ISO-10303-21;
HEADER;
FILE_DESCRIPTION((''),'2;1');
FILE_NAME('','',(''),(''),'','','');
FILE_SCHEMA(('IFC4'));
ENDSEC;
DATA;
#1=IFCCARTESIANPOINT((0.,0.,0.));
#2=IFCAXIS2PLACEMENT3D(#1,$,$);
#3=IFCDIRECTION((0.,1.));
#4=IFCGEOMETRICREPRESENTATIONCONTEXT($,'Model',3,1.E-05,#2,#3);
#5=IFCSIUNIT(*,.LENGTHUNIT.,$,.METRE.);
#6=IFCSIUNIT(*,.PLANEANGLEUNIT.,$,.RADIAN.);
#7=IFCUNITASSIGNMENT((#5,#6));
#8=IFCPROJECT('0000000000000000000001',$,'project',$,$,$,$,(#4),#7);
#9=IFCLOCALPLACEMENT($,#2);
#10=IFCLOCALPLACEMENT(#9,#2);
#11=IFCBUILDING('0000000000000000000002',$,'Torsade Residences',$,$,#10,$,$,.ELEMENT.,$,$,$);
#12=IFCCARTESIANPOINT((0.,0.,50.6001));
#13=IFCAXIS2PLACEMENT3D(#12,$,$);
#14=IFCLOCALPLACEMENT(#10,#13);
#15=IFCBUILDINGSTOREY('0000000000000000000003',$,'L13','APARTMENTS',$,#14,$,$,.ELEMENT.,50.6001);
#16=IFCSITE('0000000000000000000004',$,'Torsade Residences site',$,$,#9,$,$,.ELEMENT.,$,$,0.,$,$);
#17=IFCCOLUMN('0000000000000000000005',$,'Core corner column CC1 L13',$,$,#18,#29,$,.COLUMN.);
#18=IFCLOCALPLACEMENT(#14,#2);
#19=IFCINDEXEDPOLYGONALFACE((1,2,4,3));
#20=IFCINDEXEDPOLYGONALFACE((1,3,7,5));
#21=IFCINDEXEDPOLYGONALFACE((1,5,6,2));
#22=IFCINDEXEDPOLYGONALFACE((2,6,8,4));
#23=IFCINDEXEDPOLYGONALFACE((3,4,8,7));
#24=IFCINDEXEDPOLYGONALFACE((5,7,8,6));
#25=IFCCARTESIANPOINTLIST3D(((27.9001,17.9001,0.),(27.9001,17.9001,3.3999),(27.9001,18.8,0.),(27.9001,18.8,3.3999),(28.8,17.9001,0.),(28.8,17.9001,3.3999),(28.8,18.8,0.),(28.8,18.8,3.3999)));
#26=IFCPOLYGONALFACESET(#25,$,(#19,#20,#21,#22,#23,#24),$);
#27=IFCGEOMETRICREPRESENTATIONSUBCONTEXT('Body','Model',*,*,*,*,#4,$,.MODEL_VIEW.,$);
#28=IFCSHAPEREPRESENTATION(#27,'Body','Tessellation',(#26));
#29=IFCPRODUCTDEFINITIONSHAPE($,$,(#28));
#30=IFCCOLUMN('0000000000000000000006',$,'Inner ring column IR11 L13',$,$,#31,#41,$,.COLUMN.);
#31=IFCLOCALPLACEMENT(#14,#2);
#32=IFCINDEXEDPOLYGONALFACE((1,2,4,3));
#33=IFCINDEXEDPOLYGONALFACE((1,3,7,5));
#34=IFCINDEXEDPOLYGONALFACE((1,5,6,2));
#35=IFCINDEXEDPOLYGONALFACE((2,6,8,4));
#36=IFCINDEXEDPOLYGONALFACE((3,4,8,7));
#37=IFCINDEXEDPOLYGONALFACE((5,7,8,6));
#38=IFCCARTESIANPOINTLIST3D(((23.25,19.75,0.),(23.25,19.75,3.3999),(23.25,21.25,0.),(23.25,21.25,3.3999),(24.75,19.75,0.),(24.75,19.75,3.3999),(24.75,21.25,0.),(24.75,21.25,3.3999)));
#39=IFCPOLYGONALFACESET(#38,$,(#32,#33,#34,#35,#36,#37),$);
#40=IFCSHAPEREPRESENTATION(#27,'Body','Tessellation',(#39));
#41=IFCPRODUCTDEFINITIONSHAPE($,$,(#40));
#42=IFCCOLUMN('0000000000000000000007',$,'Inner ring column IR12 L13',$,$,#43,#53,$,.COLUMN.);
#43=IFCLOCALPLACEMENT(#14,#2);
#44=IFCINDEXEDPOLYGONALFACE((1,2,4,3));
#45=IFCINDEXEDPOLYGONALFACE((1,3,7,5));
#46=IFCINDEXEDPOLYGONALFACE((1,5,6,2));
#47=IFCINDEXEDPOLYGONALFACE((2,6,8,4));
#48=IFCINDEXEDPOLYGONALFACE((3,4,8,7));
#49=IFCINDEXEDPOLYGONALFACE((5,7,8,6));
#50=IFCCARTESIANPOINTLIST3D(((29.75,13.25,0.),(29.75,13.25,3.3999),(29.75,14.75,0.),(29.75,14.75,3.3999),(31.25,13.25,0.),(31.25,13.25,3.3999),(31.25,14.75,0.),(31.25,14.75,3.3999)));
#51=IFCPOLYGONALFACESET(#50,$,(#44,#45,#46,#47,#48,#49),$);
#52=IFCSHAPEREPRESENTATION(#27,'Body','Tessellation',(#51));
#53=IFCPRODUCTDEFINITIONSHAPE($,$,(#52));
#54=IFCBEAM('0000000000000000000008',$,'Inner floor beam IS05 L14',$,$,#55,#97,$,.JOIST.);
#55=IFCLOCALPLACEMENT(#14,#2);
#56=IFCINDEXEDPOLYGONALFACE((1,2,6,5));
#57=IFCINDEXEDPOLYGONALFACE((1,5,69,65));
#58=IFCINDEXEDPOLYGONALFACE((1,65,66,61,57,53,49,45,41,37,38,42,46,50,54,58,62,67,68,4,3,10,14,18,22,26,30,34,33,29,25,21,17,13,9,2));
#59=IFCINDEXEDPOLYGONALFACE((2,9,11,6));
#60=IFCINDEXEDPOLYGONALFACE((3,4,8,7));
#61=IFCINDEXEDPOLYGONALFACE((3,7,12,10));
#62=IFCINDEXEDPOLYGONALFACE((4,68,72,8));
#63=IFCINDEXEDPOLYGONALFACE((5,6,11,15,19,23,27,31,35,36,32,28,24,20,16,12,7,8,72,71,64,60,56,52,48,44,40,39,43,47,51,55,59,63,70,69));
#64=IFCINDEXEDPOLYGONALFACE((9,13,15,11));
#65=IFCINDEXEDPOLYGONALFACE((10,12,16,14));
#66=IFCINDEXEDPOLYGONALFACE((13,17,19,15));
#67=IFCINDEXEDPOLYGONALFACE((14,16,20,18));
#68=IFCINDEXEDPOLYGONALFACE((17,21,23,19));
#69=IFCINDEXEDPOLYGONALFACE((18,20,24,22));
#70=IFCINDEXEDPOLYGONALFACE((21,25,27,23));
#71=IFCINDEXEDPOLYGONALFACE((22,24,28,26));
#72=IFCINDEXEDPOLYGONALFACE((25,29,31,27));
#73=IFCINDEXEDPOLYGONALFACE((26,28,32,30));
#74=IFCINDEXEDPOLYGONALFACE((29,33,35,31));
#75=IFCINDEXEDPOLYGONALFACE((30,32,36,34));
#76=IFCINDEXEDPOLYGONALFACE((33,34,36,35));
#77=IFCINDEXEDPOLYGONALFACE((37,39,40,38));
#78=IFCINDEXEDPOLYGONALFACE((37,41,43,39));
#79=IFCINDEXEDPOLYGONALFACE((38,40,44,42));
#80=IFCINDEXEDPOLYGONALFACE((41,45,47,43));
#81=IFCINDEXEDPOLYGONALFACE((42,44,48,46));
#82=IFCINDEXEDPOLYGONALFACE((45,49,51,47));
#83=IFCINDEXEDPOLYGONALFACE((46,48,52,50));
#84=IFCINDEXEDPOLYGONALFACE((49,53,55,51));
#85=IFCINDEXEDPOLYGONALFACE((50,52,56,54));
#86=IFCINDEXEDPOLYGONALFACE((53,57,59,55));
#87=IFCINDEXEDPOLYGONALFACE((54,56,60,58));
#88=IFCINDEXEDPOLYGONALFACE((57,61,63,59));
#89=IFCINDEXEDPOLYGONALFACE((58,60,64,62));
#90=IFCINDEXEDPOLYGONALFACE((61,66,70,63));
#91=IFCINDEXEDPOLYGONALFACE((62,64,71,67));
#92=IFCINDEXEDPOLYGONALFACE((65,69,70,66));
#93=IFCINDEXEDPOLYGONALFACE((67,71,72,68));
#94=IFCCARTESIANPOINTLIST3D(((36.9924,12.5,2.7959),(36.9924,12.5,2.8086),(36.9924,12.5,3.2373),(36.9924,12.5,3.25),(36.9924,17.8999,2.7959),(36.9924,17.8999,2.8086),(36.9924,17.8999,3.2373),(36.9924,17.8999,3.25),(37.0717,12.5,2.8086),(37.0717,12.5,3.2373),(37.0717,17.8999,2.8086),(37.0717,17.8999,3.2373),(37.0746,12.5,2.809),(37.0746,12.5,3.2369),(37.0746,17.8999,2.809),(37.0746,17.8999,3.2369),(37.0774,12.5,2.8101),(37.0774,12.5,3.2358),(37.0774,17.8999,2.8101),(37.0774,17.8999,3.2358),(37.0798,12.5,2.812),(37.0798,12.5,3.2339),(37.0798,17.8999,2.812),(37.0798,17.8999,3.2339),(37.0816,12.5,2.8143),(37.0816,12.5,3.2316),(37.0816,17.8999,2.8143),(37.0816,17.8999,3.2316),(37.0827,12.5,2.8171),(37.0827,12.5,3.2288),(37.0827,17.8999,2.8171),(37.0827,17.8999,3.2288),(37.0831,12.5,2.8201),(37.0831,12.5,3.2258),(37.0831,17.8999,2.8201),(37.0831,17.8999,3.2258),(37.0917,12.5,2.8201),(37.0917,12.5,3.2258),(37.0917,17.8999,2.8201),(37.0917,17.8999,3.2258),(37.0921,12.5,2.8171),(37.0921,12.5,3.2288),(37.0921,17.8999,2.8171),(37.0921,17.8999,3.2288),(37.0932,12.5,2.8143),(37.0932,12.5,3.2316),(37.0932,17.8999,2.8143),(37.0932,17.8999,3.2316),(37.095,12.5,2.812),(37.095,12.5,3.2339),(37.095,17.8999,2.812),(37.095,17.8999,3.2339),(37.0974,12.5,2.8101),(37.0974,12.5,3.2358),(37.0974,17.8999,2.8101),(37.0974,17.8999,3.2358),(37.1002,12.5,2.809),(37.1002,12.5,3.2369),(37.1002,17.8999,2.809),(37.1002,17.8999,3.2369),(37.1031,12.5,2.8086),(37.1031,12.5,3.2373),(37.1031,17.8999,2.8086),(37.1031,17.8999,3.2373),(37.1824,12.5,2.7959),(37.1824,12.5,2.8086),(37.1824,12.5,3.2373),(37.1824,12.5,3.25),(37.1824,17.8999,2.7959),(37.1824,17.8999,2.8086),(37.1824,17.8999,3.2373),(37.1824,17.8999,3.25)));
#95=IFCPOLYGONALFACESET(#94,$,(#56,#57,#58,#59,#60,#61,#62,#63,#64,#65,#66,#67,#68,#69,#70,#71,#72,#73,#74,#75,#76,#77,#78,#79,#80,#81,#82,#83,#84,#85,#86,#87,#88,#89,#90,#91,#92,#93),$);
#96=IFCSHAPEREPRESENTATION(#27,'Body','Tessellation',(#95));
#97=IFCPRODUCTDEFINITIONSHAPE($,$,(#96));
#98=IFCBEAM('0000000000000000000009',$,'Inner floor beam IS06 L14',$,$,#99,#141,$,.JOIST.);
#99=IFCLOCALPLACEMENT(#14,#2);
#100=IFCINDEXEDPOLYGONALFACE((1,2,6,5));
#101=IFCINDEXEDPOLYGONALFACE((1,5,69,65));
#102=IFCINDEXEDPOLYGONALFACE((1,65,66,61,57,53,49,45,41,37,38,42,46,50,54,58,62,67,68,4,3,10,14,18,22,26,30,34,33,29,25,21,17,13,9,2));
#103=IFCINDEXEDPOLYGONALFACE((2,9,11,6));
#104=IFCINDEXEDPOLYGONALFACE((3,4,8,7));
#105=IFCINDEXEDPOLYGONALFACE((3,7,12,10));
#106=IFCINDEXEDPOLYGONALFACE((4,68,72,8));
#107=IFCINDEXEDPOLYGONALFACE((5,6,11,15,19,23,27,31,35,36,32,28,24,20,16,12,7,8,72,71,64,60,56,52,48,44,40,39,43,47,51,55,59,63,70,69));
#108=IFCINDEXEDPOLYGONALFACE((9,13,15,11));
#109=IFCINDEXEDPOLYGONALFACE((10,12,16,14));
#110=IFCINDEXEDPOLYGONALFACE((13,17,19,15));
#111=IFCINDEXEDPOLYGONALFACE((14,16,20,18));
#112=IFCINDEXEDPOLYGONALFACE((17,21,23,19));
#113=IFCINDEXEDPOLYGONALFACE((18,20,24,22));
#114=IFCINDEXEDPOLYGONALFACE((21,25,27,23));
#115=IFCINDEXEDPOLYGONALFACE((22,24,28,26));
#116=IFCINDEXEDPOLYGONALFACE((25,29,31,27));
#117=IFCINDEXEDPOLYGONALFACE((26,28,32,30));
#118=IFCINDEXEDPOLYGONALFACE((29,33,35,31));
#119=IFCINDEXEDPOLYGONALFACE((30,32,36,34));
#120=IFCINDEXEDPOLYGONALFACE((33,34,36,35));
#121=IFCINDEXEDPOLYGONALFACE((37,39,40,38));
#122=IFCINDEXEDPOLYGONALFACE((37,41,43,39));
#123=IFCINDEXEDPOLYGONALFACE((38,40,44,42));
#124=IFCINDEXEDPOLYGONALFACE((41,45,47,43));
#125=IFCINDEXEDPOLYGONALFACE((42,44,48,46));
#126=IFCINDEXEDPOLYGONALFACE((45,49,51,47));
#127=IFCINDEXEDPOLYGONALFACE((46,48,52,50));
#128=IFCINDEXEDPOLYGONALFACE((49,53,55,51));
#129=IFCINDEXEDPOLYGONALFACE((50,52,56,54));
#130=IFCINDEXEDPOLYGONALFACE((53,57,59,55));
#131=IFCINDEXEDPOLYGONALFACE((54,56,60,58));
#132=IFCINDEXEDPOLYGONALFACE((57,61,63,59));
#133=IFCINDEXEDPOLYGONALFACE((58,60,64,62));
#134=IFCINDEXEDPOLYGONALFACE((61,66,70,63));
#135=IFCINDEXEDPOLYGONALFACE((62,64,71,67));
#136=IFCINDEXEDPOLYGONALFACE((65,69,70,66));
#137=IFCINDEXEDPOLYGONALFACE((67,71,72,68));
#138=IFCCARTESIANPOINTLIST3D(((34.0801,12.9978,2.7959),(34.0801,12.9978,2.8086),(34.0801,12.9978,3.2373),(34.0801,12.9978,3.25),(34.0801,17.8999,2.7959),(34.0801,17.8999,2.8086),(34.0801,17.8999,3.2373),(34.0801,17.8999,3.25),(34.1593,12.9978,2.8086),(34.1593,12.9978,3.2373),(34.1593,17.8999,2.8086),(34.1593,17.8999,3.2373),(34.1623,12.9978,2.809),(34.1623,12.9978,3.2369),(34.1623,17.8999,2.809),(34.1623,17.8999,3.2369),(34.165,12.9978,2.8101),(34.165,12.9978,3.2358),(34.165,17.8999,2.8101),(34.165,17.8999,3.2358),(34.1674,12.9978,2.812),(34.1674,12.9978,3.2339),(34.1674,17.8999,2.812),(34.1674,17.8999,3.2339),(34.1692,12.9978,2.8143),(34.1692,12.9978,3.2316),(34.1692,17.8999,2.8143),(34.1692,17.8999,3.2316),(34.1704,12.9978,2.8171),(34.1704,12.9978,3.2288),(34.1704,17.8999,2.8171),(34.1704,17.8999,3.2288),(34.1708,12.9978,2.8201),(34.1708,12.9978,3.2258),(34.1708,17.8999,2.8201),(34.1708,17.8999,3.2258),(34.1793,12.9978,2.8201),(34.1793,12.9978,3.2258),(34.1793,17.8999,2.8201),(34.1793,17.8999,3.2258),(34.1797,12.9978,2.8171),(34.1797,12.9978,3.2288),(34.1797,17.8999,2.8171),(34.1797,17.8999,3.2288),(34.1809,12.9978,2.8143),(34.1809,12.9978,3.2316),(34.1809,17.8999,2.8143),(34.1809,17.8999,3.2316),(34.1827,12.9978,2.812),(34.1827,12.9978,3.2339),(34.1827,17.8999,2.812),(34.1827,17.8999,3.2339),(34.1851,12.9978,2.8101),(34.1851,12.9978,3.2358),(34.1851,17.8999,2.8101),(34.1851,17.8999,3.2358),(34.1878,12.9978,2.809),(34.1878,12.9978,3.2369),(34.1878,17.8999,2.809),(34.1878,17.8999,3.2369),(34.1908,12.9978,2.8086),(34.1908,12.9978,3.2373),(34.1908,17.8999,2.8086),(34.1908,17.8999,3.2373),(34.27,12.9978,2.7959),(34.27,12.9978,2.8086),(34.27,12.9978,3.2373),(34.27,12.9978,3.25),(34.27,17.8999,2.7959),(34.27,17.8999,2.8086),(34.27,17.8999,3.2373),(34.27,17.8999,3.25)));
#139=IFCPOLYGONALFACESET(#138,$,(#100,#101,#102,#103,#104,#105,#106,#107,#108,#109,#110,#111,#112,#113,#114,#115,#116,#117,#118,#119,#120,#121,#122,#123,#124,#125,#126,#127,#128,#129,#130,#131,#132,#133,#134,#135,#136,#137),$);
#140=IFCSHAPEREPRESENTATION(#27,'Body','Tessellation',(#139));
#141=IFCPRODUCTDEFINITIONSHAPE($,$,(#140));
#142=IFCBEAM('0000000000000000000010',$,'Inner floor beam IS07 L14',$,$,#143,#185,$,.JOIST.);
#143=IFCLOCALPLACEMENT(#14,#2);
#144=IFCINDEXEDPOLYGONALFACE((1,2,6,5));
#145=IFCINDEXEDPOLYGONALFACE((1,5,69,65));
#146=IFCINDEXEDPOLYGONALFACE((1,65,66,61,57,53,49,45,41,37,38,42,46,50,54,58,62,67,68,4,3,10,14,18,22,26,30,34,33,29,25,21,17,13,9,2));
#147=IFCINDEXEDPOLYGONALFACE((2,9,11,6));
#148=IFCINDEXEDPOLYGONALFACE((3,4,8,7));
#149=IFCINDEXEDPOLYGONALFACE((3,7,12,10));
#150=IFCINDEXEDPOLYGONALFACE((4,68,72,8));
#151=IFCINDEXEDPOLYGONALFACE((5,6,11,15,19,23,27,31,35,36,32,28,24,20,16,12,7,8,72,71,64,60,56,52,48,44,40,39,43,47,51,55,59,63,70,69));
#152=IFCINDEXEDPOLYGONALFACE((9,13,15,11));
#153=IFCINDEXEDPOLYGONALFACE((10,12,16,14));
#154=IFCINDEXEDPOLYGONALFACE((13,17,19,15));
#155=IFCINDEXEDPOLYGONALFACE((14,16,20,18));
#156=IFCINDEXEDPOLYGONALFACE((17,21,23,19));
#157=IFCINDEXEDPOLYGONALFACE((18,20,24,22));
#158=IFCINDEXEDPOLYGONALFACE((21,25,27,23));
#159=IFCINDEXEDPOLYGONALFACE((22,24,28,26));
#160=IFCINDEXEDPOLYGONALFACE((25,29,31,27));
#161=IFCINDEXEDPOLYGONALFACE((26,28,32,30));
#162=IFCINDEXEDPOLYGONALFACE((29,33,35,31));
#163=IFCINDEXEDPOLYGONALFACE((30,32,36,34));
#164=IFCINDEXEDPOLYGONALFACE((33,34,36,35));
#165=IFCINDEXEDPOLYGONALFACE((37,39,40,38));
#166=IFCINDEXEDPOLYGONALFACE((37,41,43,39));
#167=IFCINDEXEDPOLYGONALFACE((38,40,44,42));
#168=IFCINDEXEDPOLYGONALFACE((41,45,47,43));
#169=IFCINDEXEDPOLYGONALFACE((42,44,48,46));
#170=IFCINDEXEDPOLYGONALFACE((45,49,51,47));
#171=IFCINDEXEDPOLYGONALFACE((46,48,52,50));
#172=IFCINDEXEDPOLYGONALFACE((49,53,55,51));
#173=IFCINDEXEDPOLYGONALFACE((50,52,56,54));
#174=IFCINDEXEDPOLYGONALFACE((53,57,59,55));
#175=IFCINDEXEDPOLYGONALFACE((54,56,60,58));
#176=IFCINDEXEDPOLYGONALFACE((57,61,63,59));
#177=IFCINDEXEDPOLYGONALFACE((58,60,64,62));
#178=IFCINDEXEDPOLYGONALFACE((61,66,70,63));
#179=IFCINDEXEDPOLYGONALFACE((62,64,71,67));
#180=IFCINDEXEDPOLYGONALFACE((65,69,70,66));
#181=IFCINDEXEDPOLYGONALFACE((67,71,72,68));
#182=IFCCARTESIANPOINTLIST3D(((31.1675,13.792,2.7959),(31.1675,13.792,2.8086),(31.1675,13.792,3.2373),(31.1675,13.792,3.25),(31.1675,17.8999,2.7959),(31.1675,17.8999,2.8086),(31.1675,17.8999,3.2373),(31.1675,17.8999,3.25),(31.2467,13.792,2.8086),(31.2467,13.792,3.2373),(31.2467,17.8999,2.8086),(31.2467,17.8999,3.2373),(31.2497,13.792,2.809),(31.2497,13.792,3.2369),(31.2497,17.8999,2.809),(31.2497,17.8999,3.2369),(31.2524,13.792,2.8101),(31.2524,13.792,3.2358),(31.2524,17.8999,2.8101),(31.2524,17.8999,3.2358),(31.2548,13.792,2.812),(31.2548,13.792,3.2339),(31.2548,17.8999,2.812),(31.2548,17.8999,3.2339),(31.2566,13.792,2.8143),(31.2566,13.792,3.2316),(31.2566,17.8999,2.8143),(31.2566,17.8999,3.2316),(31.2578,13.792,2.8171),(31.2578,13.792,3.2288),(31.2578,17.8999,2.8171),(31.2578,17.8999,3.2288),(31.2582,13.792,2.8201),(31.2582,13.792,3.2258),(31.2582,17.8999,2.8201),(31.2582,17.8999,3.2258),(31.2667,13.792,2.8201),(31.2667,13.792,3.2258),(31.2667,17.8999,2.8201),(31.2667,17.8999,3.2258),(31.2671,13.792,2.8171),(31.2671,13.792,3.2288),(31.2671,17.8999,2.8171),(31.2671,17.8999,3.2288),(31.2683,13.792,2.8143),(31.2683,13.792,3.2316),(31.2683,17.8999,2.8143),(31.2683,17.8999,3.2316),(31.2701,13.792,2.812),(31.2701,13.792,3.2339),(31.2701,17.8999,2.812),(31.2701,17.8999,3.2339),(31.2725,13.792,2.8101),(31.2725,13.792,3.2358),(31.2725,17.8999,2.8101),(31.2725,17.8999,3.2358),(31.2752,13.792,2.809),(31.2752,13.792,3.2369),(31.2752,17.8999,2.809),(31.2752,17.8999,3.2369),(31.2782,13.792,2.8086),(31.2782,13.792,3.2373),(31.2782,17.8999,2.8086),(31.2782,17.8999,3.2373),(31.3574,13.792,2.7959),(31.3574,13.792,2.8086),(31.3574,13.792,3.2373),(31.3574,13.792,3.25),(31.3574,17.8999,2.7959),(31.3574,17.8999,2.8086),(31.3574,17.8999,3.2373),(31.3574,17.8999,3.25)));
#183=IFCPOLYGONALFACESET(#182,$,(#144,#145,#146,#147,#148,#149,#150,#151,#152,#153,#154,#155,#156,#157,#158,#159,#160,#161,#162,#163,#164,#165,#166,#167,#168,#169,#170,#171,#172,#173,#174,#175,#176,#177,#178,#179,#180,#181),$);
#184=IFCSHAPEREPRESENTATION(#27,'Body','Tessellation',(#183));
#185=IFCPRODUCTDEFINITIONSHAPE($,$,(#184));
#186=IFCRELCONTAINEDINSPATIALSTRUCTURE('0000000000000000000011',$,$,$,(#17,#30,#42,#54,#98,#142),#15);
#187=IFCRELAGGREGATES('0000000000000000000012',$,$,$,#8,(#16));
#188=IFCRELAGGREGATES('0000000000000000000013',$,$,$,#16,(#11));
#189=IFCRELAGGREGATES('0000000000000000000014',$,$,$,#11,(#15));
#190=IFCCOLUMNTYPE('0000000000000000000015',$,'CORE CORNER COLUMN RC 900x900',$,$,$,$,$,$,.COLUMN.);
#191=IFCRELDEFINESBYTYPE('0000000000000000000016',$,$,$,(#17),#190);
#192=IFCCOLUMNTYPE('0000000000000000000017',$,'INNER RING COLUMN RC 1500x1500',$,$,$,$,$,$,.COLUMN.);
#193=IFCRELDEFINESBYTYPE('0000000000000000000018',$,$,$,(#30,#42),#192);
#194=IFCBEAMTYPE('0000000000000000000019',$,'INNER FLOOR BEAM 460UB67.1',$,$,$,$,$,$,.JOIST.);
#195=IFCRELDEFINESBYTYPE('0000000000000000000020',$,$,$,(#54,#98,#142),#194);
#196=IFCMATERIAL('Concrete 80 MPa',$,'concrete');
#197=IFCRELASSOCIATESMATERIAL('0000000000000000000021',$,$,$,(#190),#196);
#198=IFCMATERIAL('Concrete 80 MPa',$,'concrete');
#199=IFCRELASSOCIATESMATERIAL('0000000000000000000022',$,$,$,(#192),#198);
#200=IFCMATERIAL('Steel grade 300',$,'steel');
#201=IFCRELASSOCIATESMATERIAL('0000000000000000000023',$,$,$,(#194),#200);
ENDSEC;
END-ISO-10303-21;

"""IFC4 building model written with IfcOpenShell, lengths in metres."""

from ifc_helpers import new_model, si_unit, direction, frame, origin, origin_2d, place, context, subcontext, project, spatial, rectangle, i_section, extrude, material, material_profile, profile_set, type_object, element, save


model = new_model("IFC4")

# Units and contexts
model_context = context("Model", 3, precision=1e-05, world=origin(), true_north=direction((0.0, 1.0)))
body_context = subcontext(model_context, "Body", "Model", "MODEL_VIEW")
ifc_project = project(units=[si_unit("LENGTHUNIT", "METRE"), si_unit("PLANEANGLEUNIT", "RADIAN")], contexts=[model_context])

# Site, building, storey
site_placement = place(None, origin())
site = spatial("IfcSite", under=ifc_project, at=site_placement, Name="Torsade Residences site", CompositionType="ELEMENT", RefElevation=0.0)
building_placement = place(site_placement, origin())
building = spatial("IfcBuilding", under=site, at=building_placement, Name="Torsade Residences", CompositionType="ELEMENT")
storey_placement = place(building_placement, frame((0.0, 0.0, 50.6001)))
storey = spatial("IfcBuildingStorey", under=building, at=storey_placement, Name="L13", Description="APARTMENTS", CompositionType="ELEMENT", Elevation=50.6001)

# Columns
ifc_material_1 = material(Name="Concrete 80 MPa", Category="concrete")
ifc_material_profile_1 = material_profile(ifc_material_1, rectangle(XDim=0.8999, YDim=0.8999, at=origin_2d()), Name="RC 900x900")
ifc_profile_set_1 = profile_set([ifc_material_profile_1], Name="Concrete 80 MPa")
column_type_1 = type_object("IfcColumnType", Name="CORE CORNER COLUMN RC 900x900", PredefinedType="COLUMN", material=ifc_profile_set_1)
column_placement = place(storey_placement, frame((28.3501, 18.3501, 0.0), z_axis=(0.0, 0.0, 1.0), x_axis=(1.0, 0.0, 0.0)))
element("IfcColumn", 1, at=column_placement, inside=storey, type_object=column_type_1, Name="Core corner column CC1 L13", PredefinedType="COLUMN", context=body_context, shape_type="SweptSolid", body=[
    extrude(rectangle(XDim=0.8999, YDim=0.8999, at=origin_2d()), origin(), (0.0, 0.0, 1.0), 3.3999),
])
ifc_material_2 = material(Name="Concrete 80 MPa", Category="concrete")
ifc_material_profile_2 = material_profile(ifc_material_2, rectangle(XDim=1.5, YDim=1.5, at=origin_2d()), Name="RC 1500x1500")
ifc_profile_set_2 = profile_set([ifc_material_profile_2], Name="Concrete 80 MPa")
column_type_2 = type_object("IfcColumnType", Name="INNER RING COLUMN RC 1500x1500", PredefinedType="COLUMN", material=ifc_profile_set_2)
for number, where, z_axis, x_axis, name in (
    (2, (24.0, 20.5, 0.0), (0.0, 0.0, 1.0), (1.0, 0.0, 0.0), "Inner ring column IR11 L13"),
    (3, (30.5, 14.0, 0.0), (0.0, 0.0, 1.0), (1.0, 0.0, 0.0), "Inner ring column IR12 L13"),
):
    element("IfcColumn", number, at=place(storey_placement, frame(where, z_axis=z_axis, x_axis=x_axis)), inside=storey, type_object=column_type_2, Name=name, PredefinedType="COLUMN", context=body_context, shape_type="SweptSolid", body=[
        extrude(rectangle(XDim=1.5, YDim=1.5, at=origin_2d()), origin(), (0.0, 0.0, 1.0), 3.3999),
    ])

# Beams
ifc_material_3 = material(Name="Steel grade 300", Category="steel")
ifc_material_profile_3 = material_profile(ifc_material_3, i_section(OverallWidth=0.1899, OverallDepth=0.4541, WebThickness=0.0085, FlangeThickness=0.0127, FilletRadius=0.0115, at=origin_2d()), Name="460UB67.1")
ifc_profile_set_3 = profile_set([ifc_material_profile_3], Name="Steel grade 300")
beam_type_1 = type_object("IfcBeamType", Name="INNER FLOOR BEAM 460UB67.1", PredefinedType="JOIST", material=ifc_profile_set_3)
beam_1_placement = place(storey_placement, frame((37.0874, 17.8999, 3.0229), z_axis=(0.0, -1.0, 0.0), x_axis=(1.0, 0.0, 0.0)))
element("IfcBeam", 4, at=beam_1_placement, inside=storey, type_object=beam_type_1, Name="Inner floor beam IS05 L14", PredefinedType="JOIST", context=body_context, shape_type="SweptSolid", body=[
    extrude(i_section(OverallWidth=0.1899, OverallDepth=0.4541, WebThickness=0.0085, FlangeThickness=0.0127, FilletRadius=0.0115, at=origin_2d()), origin(), (0.0, 0.0, 1.0), 5.3999),
])
beam_2_placement = place(storey_placement, frame((34.175, 17.8999, 3.0229), z_axis=(0.0, -1.0, 0.0), x_axis=(1.0, 0.0, 0.0)))
element("IfcBeam", 5, at=beam_2_placement, inside=storey, type_object=beam_type_1, Name="Inner floor beam IS06 L14", PredefinedType="JOIST", context=body_context, shape_type="SweptSolid", body=[
    extrude(i_section(OverallWidth=0.1899, OverallDepth=0.4541, WebThickness=0.0085, FlangeThickness=0.0127, FilletRadius=0.0115, at=origin_2d()), origin(), (0.0, 0.0, 1.0), 4.9021),
])
beam_3_placement = place(storey_placement, frame((31.2625, 17.8999, 3.0229), z_axis=(0.0, -1.0, 0.0), x_axis=(1.0, 0.0, 0.0)))
element("IfcBeam", 6, at=beam_3_placement, inside=storey, type_object=beam_type_1, Name="Inner floor beam IS07 L14", PredefinedType="JOIST", context=body_context, shape_type="SweptSolid", body=[
    extrude(i_section(OverallWidth=0.1899, OverallDepth=0.4541, WebThickness=0.0085, FlangeThickness=0.0127, FilletRadius=0.0115, at=origin_2d()), origin(), (0.0, 0.0, 1.0), 4.1079),
])

save(model, "model.ifc")
